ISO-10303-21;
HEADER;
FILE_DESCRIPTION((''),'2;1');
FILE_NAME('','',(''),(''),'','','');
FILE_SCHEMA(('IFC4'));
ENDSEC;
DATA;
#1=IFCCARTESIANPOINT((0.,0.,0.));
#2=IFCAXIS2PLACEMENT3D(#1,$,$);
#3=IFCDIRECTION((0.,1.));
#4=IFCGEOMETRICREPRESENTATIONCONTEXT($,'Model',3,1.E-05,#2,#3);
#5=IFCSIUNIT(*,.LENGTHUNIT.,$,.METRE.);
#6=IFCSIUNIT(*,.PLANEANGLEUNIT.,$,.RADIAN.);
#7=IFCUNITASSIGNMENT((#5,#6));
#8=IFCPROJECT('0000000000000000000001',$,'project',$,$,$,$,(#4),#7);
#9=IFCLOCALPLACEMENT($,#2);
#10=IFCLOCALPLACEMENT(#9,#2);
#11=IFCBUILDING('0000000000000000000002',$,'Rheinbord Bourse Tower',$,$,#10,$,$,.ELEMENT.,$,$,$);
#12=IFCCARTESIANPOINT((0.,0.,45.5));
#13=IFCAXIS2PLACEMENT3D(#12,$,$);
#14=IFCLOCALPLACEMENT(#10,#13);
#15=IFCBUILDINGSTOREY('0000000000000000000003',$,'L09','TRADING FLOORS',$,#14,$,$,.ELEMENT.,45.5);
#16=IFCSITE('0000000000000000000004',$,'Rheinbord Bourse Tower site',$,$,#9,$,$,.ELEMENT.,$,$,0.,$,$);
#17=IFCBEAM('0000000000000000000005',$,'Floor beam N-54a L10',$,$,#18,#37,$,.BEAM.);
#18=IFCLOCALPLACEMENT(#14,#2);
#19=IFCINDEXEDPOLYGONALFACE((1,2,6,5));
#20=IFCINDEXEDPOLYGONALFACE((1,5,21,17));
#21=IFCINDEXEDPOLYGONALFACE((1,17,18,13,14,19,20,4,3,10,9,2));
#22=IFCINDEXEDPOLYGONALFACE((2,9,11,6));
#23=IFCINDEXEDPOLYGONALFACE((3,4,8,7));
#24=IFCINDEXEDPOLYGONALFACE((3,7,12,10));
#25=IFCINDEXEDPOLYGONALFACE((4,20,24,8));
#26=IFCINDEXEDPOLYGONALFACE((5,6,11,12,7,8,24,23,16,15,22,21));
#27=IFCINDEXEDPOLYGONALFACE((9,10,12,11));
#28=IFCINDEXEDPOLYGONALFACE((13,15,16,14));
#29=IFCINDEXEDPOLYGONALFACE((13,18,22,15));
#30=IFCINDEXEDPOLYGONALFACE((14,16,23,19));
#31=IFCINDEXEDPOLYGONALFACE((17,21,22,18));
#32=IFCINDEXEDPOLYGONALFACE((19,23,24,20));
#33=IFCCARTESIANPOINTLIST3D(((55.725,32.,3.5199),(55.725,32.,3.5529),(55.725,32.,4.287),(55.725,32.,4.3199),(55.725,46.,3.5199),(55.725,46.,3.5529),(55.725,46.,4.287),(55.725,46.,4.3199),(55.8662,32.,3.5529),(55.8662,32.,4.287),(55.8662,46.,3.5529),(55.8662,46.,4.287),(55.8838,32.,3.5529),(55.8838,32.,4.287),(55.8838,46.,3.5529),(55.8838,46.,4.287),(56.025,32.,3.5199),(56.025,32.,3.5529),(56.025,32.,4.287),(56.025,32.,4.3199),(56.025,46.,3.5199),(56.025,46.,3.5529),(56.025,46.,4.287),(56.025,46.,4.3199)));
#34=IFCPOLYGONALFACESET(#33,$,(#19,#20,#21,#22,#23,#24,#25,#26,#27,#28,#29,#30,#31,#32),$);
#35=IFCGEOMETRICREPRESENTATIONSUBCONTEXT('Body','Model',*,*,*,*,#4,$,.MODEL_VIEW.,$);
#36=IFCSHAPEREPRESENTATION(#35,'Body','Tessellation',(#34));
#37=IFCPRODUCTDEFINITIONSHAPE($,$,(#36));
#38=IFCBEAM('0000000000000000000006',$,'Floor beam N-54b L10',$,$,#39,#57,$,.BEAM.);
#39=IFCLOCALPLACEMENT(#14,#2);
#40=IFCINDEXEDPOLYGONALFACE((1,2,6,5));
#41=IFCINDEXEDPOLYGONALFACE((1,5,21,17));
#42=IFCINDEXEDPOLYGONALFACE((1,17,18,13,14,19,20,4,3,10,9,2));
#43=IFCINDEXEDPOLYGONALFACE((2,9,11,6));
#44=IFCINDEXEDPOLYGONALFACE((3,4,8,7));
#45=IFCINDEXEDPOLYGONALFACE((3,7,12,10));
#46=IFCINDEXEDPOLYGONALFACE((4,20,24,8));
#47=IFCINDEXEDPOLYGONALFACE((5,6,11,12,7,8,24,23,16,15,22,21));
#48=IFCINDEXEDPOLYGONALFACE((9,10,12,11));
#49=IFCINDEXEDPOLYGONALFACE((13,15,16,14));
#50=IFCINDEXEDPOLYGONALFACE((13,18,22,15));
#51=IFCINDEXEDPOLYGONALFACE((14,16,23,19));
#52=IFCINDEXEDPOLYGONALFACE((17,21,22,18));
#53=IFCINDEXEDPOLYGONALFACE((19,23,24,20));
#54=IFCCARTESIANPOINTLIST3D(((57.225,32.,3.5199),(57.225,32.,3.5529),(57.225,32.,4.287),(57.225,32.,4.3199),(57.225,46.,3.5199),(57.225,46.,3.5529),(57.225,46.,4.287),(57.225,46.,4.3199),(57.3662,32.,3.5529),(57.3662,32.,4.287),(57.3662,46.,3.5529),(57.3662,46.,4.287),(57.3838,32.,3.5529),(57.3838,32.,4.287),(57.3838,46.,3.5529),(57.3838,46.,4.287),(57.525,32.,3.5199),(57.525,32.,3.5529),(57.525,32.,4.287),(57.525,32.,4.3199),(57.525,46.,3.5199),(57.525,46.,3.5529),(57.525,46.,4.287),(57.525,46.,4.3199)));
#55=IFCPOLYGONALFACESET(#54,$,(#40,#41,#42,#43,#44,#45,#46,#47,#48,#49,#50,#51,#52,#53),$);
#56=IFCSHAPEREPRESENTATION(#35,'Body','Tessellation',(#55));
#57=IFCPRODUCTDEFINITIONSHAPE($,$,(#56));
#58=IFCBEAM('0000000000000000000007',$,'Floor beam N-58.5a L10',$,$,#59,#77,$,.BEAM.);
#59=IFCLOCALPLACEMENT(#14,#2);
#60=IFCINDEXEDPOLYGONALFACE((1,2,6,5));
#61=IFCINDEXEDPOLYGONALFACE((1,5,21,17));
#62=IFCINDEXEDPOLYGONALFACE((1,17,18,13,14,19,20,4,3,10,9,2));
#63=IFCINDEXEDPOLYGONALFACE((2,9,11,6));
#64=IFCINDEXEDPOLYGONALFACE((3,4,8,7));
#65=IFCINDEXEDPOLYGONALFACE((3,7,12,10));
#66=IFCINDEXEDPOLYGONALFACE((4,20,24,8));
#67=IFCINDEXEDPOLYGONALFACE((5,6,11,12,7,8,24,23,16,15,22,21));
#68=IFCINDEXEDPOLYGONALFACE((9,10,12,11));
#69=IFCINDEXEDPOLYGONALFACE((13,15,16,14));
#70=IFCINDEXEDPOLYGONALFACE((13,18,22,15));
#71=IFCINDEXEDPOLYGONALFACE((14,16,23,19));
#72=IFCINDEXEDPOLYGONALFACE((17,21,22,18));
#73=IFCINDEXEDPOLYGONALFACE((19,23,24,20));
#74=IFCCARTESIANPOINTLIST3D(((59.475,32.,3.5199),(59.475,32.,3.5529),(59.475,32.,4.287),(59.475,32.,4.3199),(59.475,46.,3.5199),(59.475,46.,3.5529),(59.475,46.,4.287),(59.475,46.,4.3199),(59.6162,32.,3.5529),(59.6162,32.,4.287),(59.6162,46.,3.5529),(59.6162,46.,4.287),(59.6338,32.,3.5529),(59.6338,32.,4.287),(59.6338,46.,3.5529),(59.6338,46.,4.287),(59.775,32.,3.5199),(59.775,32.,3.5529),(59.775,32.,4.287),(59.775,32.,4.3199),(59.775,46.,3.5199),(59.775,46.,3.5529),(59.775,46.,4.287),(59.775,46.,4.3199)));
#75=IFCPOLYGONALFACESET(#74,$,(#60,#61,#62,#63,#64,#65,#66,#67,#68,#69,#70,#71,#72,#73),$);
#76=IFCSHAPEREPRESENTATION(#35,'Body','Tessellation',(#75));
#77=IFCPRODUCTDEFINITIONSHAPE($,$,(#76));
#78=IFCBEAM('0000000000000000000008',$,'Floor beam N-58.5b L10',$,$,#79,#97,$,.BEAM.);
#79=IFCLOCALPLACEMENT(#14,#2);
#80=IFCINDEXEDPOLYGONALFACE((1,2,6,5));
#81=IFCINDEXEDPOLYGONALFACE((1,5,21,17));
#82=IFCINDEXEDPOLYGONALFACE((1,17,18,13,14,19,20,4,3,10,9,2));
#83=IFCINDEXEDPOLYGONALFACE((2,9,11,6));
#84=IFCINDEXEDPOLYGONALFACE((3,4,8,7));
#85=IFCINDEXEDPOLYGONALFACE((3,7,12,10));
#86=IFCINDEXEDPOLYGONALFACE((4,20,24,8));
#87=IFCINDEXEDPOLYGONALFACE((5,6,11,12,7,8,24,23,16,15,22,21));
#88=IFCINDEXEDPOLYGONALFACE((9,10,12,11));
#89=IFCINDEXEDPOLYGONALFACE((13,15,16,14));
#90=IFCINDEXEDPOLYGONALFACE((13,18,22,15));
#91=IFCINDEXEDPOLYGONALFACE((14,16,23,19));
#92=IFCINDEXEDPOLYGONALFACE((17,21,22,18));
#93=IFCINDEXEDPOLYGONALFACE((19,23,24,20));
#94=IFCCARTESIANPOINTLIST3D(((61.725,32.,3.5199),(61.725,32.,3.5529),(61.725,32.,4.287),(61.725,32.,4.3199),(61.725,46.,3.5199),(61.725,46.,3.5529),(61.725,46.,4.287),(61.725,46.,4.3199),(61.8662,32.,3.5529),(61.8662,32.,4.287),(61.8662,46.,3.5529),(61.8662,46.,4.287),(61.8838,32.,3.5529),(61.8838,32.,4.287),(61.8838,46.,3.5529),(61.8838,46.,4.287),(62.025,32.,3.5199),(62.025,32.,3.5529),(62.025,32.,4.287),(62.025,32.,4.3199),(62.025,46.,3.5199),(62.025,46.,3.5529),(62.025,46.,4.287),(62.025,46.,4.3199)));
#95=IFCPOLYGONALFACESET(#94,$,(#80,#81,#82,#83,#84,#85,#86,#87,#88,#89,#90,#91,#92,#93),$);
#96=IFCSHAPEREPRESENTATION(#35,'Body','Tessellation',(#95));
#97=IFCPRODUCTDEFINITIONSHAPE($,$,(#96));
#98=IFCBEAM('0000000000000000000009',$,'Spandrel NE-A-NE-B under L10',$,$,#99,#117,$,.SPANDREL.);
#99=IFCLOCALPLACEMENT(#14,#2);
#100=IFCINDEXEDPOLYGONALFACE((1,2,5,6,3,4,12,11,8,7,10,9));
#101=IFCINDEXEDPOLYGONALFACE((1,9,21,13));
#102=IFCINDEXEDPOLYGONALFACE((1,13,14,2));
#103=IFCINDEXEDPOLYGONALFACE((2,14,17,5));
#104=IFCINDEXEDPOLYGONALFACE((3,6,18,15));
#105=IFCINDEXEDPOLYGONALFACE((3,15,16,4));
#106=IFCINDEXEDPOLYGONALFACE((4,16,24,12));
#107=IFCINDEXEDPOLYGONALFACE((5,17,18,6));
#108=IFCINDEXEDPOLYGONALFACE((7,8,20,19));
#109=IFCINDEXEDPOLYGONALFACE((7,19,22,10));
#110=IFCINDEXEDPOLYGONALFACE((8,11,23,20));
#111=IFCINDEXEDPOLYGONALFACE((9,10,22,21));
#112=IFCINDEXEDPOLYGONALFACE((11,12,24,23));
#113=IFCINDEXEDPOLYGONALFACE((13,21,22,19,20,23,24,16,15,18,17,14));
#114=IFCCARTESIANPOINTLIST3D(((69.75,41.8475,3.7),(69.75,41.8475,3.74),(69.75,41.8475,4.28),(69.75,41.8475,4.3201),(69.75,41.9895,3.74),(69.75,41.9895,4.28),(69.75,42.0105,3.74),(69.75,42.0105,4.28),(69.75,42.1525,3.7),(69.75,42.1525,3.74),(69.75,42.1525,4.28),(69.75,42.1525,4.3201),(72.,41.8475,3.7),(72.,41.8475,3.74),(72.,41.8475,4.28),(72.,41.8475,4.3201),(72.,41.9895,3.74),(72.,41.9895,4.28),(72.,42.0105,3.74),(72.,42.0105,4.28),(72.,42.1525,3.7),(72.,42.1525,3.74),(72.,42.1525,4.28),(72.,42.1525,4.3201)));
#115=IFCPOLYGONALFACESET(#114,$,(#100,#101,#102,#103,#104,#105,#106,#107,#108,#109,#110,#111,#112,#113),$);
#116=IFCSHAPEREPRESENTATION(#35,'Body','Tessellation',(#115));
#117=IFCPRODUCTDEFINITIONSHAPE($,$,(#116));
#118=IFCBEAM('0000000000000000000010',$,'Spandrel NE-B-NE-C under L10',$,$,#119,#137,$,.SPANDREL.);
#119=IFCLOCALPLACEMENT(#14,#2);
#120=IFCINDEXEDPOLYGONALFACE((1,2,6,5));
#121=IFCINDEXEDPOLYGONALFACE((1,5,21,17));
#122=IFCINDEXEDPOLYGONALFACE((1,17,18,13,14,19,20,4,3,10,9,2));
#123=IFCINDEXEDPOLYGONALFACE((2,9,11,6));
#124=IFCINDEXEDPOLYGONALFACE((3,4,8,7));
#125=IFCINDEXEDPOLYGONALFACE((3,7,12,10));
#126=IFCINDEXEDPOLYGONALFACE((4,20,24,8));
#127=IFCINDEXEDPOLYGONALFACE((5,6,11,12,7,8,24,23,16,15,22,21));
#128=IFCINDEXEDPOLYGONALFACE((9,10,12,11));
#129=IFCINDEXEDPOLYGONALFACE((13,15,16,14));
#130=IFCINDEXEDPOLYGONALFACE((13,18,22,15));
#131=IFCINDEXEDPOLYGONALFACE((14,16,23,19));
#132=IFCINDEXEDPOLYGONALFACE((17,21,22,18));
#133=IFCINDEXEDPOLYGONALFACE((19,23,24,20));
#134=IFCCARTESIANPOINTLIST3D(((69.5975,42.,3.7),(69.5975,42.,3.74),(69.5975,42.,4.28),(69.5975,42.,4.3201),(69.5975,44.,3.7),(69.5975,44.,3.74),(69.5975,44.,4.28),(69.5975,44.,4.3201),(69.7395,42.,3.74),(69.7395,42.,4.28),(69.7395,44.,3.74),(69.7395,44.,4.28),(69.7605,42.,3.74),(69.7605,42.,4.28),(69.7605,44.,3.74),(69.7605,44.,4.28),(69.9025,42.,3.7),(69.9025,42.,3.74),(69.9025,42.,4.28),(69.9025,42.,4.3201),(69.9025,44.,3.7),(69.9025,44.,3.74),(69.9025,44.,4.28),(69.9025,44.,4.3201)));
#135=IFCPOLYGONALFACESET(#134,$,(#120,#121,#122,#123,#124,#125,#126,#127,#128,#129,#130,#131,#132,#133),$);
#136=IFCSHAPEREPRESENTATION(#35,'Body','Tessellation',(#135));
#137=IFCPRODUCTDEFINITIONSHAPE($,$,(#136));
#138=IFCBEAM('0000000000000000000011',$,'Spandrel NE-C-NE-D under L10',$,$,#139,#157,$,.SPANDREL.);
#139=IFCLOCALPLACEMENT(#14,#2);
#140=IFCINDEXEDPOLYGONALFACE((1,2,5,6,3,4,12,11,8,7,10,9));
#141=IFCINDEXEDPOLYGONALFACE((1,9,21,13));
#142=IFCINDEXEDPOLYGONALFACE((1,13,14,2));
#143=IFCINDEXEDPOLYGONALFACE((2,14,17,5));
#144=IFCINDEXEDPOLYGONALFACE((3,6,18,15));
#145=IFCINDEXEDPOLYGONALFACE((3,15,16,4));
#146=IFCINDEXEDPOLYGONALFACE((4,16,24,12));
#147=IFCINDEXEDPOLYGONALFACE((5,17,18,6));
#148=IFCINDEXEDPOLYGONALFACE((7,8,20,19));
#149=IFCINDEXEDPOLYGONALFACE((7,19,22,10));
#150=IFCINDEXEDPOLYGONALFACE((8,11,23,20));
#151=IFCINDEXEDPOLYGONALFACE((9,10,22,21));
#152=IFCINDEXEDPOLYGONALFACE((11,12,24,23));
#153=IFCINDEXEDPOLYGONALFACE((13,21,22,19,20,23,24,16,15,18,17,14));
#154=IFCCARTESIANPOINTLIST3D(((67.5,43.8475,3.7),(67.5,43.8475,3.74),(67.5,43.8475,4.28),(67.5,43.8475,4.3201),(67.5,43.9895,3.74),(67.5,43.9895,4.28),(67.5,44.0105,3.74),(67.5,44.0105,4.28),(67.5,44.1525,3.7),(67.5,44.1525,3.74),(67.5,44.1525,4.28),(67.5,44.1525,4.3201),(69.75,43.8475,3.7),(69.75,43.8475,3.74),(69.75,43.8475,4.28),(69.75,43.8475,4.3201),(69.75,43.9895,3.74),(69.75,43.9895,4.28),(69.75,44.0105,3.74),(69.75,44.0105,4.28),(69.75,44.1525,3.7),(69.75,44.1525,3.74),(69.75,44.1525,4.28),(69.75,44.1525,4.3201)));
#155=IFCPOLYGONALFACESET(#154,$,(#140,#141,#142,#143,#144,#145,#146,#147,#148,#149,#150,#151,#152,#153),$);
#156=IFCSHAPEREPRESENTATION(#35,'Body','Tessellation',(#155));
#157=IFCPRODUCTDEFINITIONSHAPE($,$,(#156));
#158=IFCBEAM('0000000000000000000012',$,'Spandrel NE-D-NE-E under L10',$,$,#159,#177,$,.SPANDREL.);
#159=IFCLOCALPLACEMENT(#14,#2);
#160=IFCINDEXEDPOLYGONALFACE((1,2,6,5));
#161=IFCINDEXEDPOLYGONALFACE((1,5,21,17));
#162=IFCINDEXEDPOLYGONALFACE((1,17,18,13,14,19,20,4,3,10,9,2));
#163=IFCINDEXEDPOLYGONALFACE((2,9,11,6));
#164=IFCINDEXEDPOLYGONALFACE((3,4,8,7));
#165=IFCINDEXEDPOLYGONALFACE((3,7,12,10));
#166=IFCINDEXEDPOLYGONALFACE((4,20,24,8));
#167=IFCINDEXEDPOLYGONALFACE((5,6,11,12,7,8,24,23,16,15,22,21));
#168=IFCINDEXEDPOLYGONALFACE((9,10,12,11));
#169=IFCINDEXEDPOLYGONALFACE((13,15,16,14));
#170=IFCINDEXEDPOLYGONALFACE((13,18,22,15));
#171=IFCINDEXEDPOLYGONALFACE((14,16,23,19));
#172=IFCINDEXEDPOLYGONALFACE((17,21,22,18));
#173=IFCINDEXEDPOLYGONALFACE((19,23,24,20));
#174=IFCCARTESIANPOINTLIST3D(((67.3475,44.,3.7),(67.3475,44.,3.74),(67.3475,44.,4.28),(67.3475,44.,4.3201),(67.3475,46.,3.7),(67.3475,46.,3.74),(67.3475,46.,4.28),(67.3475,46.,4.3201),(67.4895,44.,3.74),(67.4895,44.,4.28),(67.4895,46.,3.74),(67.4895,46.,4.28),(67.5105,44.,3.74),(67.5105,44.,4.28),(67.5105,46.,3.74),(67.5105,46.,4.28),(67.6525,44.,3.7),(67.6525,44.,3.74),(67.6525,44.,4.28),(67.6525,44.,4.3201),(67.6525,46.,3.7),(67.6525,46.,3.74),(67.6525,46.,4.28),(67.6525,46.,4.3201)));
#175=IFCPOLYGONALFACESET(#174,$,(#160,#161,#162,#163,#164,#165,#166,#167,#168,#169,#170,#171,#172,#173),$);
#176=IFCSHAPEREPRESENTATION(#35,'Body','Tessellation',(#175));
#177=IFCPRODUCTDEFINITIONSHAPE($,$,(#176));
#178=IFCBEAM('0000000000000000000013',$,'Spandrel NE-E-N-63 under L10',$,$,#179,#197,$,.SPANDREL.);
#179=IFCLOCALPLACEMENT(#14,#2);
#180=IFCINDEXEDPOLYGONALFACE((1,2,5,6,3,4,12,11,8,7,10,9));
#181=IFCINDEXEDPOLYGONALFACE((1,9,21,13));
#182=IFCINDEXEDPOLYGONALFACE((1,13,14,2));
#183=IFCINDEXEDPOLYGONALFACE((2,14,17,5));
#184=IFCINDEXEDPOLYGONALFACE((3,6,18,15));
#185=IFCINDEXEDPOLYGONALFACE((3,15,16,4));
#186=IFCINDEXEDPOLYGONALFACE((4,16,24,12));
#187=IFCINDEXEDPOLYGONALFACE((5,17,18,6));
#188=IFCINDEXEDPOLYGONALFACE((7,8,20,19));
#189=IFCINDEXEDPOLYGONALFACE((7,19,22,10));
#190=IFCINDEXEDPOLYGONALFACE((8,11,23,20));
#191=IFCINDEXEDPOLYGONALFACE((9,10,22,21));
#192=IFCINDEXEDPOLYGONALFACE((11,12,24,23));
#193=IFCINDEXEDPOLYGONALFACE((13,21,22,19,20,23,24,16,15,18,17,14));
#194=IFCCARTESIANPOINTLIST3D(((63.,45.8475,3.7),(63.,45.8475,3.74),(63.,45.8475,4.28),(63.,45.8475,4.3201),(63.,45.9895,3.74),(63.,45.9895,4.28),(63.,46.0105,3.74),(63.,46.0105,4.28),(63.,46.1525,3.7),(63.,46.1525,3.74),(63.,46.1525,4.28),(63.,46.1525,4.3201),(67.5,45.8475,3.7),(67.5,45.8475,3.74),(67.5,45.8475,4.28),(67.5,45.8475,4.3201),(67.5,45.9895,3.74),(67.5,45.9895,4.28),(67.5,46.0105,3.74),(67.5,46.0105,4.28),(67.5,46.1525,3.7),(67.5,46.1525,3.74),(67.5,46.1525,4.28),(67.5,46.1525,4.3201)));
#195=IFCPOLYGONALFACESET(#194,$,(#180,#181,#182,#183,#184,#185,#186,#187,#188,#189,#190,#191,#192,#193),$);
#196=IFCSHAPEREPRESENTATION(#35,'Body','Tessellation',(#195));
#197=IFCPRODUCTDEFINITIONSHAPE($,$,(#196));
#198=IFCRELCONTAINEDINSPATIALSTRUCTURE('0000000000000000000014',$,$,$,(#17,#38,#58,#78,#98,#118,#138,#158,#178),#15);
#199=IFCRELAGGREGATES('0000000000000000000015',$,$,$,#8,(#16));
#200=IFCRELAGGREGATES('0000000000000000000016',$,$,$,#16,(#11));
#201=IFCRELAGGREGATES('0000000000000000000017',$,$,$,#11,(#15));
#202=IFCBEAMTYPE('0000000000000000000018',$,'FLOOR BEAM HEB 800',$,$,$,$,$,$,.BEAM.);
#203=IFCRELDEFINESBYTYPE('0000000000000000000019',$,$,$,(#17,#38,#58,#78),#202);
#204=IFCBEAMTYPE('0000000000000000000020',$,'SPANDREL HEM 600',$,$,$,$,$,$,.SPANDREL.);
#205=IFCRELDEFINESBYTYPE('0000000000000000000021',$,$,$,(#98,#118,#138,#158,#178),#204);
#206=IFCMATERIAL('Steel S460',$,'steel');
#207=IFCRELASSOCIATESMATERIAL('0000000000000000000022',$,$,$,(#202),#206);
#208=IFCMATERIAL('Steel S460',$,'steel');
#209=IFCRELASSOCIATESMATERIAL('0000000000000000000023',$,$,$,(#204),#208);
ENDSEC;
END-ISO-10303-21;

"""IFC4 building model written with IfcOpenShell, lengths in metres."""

from ifc_helpers import new_model, si_unit, direction, frame, origin, origin_2d, place, context, subcontext, project, spatial, i_section, extrude, material, material_profile, profile_set, type_object, element, save


model = new_model("IFC4")

# Units and contexts
model_context = context("Model", 3, precision=1e-05, world=origin(), true_north=direction((0.0, 1.0)))
body_context = subcontext(model_context, "Body", "Model", "MODEL_VIEW")
ifc_project = project(units=[si_unit("LENGTHUNIT", "METRE"), si_unit("PLANEANGLEUNIT", "RADIAN")], contexts=[model_context])

# Site, building, storey
site_placement = place(None, origin())
site = spatial("IfcSite", under=ifc_project, at=site_placement, Name="Rheinbord Bourse Tower site", CompositionType="ELEMENT", RefElevation=0.0)
building_placement = place(site_placement, origin())
building = spatial("IfcBuilding", under=site, at=building_placement, Name="Rheinbord Bourse Tower", CompositionType="ELEMENT")
storey_placement = place(building_placement, frame((0.0, 0.0, 45.5)))
storey = spatial("IfcBuildingStorey", under=building, at=storey_placement, Name="L09", Description="TRADING FLOORS", CompositionType="ELEMENT", Elevation=45.5)

# Beams
ifc_material_1 = material(Name="Steel S460", Category="steel")
ifc_material_profile_1 = material_profile(ifc_material_1, i_section(OverallWidth=0.3, OverallDepth=0.8, WebThickness=0.0176, FlangeThickness=0.033, at=origin_2d()), Name="HEB 800")
ifc_profile_set_1 = profile_set([ifc_material_profile_1], Name="Steel S460")
beam_type_1 = type_object("IfcBeamType", Name="FLOOR BEAM HEB 800", PredefinedType="BEAM", material=ifc_profile_set_1)
for number, where, z_axis, x_axis, name in (
    (1, (55.875, 46.0, 3.9199), (0.0, -1.0, 0.0), (1.0, 0.0, 0.0), "Floor beam N-54a L10"),
    (2, (57.375, 46.0, 3.9199), (0.0, -1.0, 0.0), (1.0, 0.0, 0.0), "Floor beam N-54b L10"),
    (3, (59.625, 46.0, 3.9199), (0.0, -1.0, 0.0), (1.0, 0.0, 0.0), "Floor beam N-58.5a L10"),
    (4, (61.875, 46.0, 3.9199), (0.0, -1.0, 0.0), (1.0, 0.0, 0.0), "Floor beam N-58.5b L10"),
):
    element("IfcBeam", number, at=place(storey_placement, frame(where, z_axis=z_axis, x_axis=x_axis)), inside=storey, type_object=beam_type_1, Name=name, PredefinedType="BEAM", context=body_context, shape_type="SweptSolid", body=[
        extrude(i_section(OverallWidth=0.3, OverallDepth=0.8, WebThickness=0.0176, FlangeThickness=0.033, at=origin_2d()), origin(), (0.0, 0.0, 1.0), 14.0),
    ])
ifc_material_2 = material(Name="Steel S460", Category="steel")
ifc_material_profile_2 = material_profile(ifc_material_2, i_section(OverallWidth=0.3049, OverallDepth=0.6201, WebThickness=0.021, FlangeThickness=0.04, at=origin_2d()), Name="HEM 600")
ifc_profile_set_2 = profile_set([ifc_material_profile_2], Name="Steel S460")
beam_type_2 = type_object("IfcBeamType", Name="SPANDREL HEM 600", PredefinedType="SPANDREL", material=ifc_profile_set_2)
beam_1_placement = place(storey_placement, frame((72.0, 42.0, 4.01), z_axis=(-1.0, 0.0, 0.0), x_axis=(0.0, -1.0, 0.0)))
element("IfcBeam", 5, at=beam_1_placement, inside=storey, type_object=beam_type_2, Name="Spandrel NE-A-NE-B under L10", PredefinedType="SPANDREL", context=body_context, shape_type="SweptSolid", body=[
    extrude(i_section(OverallWidth=0.3049, OverallDepth=0.6201, WebThickness=0.021, FlangeThickness=0.04, at=origin_2d()), origin(), (0.0, 0.0, 1.0), 2.25),
])
beam_2_placement = place(storey_placement, frame((69.75, 42.0, 4.01), z_axis=(0.0, 1.0, 0.0), x_axis=(-1.0, 0.0, 0.0)))
element("IfcBeam", 6, at=beam_2_placement, inside=storey, type_object=beam_type_2, Name="Spandrel NE-B-NE-C under L10", PredefinedType="SPANDREL", context=body_context, shape_type="SweptSolid", body=[
    extrude(i_section(OverallWidth=0.3049, OverallDepth=0.6201, WebThickness=0.021, FlangeThickness=0.04, at=origin_2d()), origin(), (0.0, 0.0, 1.0), 2.0),
])
beam_3_placement = place(storey_placement, frame((69.75, 44.0, 4.01), z_axis=(-1.0, 0.0, 0.0), x_axis=(0.0, -1.0, 0.0)))
element("IfcBeam", 7, at=beam_3_placement, inside=storey, type_object=beam_type_2, Name="Spandrel NE-C-NE-D under L10", PredefinedType="SPANDREL", context=body_context, shape_type="SweptSolid", body=[
    extrude(i_section(OverallWidth=0.3049, OverallDepth=0.6201, WebThickness=0.021, FlangeThickness=0.04, at=origin_2d()), origin(), (0.0, 0.0, 1.0), 2.25),
])
beam_4_placement = place(storey_placement, frame((67.5, 44.0, 4.01), z_axis=(0.0, 1.0, 0.0), x_axis=(-1.0, 0.0, 0.0)))
element("IfcBeam", 8, at=beam_4_placement, inside=storey, type_object=beam_type_2, Name="Spandrel NE-D-NE-E under L10", PredefinedType="SPANDREL", context=body_context, shape_type="SweptSolid", body=[
    extrude(i_section(OverallWidth=0.3049, OverallDepth=0.6201, WebThickness=0.021, FlangeThickness=0.04, at=origin_2d()), origin(), (0.0, 0.0, 1.0), 2.0),
])
for number, where, z_axis, x_axis, name in (
    (9, (67.5, 46.0, 4.01), (-1.0, 0.0, 0.0), (0.0, -1.0, 0.0), "Spandrel NE-E-N-63 under L10"),
):
    element("IfcBeam", number, at=place(storey_placement, frame(where, z_axis=z_axis, x_axis=x_axis)), inside=storey, type_object=beam_type_2, Name=name, PredefinedType="SPANDREL", context=body_context, shape_type="SweptSolid", body=[
        extrude(i_section(OverallWidth=0.3049, OverallDepth=0.6201, WebThickness=0.021, FlangeThickness=0.04, at=origin_2d()), origin(), (0.0, 0.0, 1.0), 4.5),
    ])

save(model, "model.ifc")
